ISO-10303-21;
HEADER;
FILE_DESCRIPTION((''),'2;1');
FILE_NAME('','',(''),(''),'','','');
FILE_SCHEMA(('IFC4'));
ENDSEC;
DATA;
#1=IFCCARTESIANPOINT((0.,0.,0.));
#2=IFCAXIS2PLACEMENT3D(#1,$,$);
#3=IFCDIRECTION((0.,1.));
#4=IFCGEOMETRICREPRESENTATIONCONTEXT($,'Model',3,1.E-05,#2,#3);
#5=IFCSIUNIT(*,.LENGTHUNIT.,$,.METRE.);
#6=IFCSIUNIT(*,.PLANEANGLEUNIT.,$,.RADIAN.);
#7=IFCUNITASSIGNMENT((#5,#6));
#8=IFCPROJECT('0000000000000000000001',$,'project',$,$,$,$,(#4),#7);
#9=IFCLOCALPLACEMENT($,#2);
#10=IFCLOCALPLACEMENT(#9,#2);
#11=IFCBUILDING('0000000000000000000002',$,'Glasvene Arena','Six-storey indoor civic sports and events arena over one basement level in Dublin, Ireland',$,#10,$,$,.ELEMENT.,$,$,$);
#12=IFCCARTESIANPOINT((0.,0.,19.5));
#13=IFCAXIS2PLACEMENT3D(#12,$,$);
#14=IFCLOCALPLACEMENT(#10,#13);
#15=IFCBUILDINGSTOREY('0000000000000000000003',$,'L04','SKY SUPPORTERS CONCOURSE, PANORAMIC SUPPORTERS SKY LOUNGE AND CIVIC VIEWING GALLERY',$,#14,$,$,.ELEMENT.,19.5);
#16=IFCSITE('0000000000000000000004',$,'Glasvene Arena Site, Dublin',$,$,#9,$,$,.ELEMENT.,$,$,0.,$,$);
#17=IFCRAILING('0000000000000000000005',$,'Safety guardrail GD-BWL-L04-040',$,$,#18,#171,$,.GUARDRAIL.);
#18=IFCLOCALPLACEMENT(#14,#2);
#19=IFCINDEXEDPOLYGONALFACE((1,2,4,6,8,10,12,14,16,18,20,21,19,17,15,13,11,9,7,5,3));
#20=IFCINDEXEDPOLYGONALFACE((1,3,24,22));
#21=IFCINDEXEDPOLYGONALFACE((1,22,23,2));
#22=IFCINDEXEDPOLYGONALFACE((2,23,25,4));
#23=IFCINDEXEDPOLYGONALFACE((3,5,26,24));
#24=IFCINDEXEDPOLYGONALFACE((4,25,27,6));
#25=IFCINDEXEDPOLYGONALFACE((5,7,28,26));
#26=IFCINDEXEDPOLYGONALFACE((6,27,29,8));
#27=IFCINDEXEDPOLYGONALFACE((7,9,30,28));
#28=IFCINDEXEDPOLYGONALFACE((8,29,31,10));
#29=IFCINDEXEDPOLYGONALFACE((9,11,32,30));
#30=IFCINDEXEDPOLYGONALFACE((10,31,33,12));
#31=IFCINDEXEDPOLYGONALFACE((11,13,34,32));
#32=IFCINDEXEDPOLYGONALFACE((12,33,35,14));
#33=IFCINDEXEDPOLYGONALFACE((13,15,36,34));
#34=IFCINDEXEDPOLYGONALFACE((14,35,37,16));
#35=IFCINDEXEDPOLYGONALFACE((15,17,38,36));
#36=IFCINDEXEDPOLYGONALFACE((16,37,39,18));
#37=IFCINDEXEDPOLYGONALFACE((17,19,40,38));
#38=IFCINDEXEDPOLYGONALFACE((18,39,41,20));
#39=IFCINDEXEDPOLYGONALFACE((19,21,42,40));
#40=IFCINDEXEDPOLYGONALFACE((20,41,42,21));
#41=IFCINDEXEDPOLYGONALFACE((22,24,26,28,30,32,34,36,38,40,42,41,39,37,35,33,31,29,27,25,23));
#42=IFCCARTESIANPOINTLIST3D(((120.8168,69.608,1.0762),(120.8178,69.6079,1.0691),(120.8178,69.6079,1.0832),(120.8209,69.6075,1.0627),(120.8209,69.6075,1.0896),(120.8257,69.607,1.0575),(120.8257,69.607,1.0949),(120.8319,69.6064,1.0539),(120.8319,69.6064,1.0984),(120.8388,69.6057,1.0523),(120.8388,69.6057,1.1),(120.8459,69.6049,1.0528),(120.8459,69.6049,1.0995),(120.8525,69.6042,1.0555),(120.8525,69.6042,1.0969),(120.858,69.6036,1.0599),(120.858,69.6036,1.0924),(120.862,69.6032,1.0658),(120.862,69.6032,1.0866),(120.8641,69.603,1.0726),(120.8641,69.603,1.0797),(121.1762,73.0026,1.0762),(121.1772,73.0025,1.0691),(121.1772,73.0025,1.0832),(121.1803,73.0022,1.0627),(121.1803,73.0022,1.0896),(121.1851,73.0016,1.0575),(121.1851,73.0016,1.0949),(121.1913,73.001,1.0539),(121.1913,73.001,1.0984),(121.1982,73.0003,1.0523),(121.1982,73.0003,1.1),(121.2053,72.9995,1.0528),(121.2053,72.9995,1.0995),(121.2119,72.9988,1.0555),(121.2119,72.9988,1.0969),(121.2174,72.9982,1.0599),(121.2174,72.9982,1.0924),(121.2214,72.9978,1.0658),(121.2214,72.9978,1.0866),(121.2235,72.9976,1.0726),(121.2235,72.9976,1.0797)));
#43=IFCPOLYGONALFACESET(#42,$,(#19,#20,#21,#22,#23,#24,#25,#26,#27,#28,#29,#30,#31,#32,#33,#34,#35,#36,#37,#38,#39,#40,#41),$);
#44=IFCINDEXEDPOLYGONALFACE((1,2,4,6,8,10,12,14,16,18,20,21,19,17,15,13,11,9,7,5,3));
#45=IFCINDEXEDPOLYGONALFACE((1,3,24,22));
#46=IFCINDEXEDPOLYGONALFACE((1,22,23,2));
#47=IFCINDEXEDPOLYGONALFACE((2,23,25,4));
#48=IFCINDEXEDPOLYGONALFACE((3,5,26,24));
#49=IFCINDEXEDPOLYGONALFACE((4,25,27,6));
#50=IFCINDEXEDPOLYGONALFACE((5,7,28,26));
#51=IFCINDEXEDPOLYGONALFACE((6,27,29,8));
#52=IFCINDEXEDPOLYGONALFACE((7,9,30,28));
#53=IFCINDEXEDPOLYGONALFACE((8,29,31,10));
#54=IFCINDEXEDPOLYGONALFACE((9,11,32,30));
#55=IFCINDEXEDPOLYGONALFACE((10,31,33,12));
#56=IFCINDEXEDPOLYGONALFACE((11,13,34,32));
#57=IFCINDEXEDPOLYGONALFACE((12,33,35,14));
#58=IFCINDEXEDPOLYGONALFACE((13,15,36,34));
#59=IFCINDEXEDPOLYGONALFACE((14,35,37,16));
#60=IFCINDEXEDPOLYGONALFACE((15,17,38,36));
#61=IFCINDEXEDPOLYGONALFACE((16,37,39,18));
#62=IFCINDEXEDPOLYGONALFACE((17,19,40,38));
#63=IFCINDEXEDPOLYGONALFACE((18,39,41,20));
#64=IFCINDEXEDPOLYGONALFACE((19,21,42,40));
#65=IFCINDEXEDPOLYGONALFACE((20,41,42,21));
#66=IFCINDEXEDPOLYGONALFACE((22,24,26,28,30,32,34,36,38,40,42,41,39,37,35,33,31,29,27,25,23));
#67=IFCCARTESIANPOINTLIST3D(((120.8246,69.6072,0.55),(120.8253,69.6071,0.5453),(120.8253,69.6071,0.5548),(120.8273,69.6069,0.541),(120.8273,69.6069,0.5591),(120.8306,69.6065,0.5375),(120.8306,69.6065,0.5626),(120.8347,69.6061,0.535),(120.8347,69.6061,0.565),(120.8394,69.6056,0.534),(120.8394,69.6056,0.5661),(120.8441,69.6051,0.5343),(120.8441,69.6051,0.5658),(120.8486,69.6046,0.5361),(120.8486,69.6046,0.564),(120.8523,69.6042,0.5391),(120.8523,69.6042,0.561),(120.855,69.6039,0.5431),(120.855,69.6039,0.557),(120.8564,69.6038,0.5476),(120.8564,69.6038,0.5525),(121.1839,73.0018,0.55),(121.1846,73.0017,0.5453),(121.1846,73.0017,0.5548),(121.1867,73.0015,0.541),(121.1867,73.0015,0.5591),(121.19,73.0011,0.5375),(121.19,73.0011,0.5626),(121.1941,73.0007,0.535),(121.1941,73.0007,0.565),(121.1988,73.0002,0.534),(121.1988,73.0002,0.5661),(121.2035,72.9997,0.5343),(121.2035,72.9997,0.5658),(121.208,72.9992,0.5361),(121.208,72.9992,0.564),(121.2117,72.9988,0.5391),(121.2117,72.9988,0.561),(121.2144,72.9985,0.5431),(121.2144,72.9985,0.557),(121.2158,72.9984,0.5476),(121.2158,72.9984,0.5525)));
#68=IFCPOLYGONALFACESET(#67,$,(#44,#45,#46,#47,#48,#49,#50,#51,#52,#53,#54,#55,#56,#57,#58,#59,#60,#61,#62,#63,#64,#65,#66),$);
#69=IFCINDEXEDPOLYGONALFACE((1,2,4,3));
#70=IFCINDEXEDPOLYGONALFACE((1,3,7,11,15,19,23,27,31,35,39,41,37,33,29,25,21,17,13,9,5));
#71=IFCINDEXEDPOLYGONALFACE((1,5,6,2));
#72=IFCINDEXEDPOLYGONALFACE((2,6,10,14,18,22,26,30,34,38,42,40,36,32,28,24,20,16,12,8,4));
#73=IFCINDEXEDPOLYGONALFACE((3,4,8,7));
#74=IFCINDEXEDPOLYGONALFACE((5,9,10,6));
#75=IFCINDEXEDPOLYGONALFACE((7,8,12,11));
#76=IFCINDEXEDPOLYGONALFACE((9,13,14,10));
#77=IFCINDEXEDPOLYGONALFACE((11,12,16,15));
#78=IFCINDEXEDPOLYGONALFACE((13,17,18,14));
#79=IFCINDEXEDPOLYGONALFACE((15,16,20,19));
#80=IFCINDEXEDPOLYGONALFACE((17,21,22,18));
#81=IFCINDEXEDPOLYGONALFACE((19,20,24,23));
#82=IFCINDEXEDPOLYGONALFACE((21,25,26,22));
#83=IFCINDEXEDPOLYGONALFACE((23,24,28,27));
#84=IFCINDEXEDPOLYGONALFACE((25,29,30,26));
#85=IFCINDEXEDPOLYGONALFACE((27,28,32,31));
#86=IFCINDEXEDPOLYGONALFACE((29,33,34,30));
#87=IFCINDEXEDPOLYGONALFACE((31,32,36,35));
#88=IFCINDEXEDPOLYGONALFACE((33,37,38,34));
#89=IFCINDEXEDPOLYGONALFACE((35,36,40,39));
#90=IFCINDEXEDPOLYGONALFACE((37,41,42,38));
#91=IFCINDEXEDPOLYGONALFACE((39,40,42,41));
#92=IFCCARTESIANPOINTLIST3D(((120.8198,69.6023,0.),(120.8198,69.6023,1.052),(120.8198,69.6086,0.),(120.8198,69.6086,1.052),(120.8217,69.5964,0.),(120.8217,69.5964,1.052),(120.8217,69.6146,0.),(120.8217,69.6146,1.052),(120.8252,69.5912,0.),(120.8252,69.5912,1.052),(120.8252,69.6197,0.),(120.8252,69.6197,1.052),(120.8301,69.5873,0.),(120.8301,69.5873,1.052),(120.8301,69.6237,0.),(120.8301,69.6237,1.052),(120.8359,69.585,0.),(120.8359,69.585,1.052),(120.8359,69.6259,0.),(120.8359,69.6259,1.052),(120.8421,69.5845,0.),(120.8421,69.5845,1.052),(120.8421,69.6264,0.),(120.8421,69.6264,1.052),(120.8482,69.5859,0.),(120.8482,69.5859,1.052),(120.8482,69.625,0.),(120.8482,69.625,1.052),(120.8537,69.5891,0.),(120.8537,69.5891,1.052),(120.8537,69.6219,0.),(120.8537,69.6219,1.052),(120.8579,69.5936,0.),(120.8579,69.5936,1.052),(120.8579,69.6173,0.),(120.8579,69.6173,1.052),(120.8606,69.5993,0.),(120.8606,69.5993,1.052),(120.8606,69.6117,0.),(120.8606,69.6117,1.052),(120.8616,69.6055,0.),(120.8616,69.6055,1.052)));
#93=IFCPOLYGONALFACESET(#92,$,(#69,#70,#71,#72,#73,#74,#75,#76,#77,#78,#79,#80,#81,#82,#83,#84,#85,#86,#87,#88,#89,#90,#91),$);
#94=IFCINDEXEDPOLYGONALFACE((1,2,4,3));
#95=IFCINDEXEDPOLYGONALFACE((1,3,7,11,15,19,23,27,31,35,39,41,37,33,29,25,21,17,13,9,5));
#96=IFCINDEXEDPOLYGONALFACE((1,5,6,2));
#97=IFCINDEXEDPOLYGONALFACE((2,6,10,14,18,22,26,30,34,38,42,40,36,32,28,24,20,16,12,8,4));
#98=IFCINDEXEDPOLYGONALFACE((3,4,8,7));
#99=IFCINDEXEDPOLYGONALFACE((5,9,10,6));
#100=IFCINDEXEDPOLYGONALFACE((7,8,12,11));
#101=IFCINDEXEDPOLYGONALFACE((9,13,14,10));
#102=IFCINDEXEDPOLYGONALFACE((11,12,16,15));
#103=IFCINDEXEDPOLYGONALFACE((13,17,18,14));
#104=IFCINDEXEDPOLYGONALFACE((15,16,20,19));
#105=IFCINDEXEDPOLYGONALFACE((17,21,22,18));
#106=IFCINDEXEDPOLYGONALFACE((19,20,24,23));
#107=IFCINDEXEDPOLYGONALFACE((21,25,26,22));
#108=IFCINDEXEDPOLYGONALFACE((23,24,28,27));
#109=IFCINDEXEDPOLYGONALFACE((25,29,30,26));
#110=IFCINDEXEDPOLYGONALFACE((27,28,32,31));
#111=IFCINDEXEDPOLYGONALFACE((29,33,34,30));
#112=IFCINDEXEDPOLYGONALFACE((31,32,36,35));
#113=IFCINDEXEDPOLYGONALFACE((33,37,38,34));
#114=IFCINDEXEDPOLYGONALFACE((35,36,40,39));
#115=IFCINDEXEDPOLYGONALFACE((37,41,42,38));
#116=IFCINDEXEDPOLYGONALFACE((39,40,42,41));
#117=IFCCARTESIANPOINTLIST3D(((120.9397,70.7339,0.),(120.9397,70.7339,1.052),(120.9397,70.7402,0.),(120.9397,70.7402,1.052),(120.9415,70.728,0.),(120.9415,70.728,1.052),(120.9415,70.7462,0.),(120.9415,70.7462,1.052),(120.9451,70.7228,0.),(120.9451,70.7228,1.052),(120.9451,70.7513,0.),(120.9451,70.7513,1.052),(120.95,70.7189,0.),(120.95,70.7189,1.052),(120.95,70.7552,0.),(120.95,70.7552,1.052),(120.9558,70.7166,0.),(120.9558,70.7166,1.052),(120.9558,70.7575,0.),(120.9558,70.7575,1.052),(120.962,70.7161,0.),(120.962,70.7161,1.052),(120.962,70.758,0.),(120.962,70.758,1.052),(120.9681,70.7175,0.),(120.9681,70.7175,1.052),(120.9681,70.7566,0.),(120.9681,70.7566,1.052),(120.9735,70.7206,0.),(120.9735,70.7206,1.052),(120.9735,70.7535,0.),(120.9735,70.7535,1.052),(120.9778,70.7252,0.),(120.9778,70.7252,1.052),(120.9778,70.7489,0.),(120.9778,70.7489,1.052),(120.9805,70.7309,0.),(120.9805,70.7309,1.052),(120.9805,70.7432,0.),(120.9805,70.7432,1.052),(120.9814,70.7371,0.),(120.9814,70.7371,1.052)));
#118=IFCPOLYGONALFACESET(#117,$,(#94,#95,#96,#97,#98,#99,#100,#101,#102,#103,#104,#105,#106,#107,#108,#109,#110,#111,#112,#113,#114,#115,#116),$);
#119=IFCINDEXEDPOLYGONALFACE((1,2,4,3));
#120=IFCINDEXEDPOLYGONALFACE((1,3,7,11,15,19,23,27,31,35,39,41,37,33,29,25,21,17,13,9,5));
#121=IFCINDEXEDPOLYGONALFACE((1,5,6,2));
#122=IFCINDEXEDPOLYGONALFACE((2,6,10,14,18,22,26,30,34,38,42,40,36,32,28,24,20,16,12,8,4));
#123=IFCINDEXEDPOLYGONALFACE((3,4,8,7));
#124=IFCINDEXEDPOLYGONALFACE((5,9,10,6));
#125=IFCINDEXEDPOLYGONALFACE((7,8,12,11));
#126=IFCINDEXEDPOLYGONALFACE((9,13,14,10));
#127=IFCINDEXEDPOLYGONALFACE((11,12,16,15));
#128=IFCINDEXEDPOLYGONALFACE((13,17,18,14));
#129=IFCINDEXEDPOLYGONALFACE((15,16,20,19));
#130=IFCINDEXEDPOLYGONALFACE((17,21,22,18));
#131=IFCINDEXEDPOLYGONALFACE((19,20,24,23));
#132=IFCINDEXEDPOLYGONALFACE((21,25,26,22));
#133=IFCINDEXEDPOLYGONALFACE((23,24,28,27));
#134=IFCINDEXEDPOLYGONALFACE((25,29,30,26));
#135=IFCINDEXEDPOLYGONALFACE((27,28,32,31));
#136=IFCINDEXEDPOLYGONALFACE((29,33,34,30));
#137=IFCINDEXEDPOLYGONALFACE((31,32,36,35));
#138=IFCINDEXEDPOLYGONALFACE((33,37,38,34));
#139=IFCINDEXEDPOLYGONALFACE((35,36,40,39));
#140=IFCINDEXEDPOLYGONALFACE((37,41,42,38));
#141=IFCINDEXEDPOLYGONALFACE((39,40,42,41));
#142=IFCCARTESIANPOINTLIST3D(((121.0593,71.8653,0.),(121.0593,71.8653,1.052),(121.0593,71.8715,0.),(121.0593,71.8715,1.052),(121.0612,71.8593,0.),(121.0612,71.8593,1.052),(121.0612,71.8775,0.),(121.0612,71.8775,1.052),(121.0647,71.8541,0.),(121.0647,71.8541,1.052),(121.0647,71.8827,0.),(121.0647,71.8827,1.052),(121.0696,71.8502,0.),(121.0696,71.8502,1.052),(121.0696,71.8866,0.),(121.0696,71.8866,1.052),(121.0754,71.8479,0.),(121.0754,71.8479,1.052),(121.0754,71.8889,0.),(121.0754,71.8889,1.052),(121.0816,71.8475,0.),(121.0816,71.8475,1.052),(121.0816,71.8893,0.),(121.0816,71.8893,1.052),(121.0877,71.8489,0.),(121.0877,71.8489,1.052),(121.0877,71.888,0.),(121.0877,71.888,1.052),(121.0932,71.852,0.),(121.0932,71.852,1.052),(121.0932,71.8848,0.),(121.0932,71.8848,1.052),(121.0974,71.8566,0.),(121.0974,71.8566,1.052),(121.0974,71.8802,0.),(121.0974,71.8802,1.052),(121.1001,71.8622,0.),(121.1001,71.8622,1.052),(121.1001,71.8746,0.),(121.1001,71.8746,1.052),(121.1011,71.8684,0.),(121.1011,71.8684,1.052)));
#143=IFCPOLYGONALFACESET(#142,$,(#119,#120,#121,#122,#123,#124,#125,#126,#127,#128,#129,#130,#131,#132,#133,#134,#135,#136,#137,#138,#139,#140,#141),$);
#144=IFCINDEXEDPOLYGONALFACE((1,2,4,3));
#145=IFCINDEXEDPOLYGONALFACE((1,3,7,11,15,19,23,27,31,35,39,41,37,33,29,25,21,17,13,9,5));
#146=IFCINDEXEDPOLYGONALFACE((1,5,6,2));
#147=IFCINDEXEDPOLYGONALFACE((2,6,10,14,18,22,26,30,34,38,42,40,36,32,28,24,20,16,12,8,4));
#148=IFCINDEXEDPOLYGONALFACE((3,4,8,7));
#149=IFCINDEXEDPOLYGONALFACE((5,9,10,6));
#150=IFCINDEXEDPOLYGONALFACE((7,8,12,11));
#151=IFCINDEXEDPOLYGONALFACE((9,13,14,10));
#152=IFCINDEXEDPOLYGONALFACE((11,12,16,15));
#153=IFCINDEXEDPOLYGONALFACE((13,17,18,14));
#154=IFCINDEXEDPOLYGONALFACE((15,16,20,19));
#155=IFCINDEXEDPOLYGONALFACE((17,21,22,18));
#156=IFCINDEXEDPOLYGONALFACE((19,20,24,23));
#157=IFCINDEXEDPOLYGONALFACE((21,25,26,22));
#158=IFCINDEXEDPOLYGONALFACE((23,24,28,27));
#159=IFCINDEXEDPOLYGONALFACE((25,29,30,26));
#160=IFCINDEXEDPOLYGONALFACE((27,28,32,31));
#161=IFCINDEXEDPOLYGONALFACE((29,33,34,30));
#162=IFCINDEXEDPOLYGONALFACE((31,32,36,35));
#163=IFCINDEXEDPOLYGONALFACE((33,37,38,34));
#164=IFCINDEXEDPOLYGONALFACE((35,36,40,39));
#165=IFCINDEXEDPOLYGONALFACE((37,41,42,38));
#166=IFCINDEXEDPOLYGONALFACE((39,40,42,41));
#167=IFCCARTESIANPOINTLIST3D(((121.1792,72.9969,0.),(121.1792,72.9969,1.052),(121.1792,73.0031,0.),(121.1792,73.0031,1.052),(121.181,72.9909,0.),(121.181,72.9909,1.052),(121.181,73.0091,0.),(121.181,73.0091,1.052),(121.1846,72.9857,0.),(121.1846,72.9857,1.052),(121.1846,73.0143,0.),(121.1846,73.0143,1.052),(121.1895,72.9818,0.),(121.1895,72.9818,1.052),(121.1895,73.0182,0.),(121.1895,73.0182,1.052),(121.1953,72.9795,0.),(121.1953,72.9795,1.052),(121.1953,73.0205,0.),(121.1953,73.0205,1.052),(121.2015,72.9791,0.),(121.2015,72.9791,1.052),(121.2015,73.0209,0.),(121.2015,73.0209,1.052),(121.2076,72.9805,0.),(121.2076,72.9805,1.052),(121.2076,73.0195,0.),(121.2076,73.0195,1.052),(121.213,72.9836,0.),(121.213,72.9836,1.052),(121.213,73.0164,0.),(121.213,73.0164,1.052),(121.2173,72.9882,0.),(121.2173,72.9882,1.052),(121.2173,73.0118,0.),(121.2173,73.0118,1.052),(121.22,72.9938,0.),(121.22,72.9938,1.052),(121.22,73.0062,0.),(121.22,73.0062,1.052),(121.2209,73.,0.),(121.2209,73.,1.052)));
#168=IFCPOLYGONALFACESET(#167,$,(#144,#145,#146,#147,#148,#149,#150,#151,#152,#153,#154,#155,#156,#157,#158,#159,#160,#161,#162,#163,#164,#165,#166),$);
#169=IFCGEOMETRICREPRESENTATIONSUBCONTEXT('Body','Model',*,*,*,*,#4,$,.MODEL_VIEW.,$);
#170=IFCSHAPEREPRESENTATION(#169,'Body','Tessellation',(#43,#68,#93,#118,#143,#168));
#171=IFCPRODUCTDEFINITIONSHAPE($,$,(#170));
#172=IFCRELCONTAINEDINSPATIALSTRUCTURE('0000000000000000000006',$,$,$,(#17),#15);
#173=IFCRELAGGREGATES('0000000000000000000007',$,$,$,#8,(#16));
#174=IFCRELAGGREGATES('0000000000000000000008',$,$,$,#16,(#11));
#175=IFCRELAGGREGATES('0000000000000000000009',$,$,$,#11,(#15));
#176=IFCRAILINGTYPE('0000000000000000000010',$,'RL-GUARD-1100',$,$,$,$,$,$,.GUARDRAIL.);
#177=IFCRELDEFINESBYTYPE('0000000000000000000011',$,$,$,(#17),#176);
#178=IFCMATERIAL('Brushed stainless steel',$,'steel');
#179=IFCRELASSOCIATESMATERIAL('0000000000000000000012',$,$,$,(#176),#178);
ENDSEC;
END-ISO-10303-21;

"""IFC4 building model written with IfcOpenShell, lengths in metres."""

from ifc_helpers import new_model, si_unit, direction, frame, origin, origin_2d, place, context, subcontext, project, spatial, circle, extrude, material, type_object, element, save


model = new_model("IFC4")

# Units and contexts
model_context = context("Model", 3, precision=1e-05, world=origin(), true_north=direction((0.0, 1.0)))
body_context = subcontext(model_context, "Body", "Model", "MODEL_VIEW")
ifc_project = project(units=[si_unit("LENGTHUNIT", "METRE"), si_unit("PLANEANGLEUNIT", "RADIAN")], contexts=[model_context])

# Site, building, storey
site_placement = place(None, origin())
site = spatial("IfcSite", under=ifc_project, at=site_placement, Name="Glasvene Arena Site, Dublin", CompositionType="ELEMENT", RefElevation=0.0)
building_placement = place(site_placement, origin())
building = spatial("IfcBuilding", under=site, at=building_placement, Name="Glasvene Arena", Description="Six-storey indoor civic sports and events arena over one basement level in Dublin, Ireland", CompositionType="ELEMENT")
storey_placement = place(building_placement, frame((0.0, 0.0, 19.5)))
storey = spatial("IfcBuildingStorey", under=building, at=storey_placement, Name="L04", Description="SKY SUPPORTERS CONCOURSE, PANORAMIC SUPPORTERS SKY LOUNGE AND CIVIC VIEWING GALLERY", CompositionType="ELEMENT", Elevation=19.5)

# Railing
ifc_material = material(Name="Brushed stainless steel", Category="steel")
railing_type = type_object("IfcRailingType", Name="RL-GUARD-1100", PredefinedType="GUARDRAIL", material=ifc_material)
railing_1_placement = place(storey_placement, frame((120.8406, 69.6055, 0.0)))
element("IfcRailing", 1, at=railing_1_placement, inside=storey, type_object=railing_type, Name="Safety guardrail GD-BWL-L04-040", PredefinedType="GUARDRAIL", context=body_context, shape_type="SweptSolid", body=[
    extrude(circle(Radius=0.0239, at=origin_2d()), frame((0.0, 0.0, 1.0762), z_axis=(0.10528, 0.994443, 0.0), x_axis=(-0.994443, 0.10528, 0.0)), (0.0, 0.0, 1.0), 3.4136),
    extrude(circle(Radius=0.0161, at=origin_2d()), frame((0.0, 0.0, 0.55), z_axis=(0.10528, 0.994443, 0.0), x_axis=(-0.994443, 0.10528, 0.0)), (0.0, 0.0, 1.0), 3.4136),
    extrude(circle(Radius=0.021, at=origin_2d()), origin(), (0.0, 0.0, 1.0), 1.052),
    extrude(circle(Radius=0.021, at=origin_2d()), frame((0.1199, 1.1316, 0.0)), (0.0, 0.0, 1.0), 1.052),
    extrude(circle(Radius=0.021, at=origin_2d()), frame((0.2395, 2.2629, 0.0)), (0.0, 0.0, 1.0), 1.052),
    extrude(circle(Radius=0.021, at=origin_2d()), frame((0.3594, 3.3945, 0.0)), (0.0, 0.0, 1.0), 1.052),
])

save(model, "model.ifc")
